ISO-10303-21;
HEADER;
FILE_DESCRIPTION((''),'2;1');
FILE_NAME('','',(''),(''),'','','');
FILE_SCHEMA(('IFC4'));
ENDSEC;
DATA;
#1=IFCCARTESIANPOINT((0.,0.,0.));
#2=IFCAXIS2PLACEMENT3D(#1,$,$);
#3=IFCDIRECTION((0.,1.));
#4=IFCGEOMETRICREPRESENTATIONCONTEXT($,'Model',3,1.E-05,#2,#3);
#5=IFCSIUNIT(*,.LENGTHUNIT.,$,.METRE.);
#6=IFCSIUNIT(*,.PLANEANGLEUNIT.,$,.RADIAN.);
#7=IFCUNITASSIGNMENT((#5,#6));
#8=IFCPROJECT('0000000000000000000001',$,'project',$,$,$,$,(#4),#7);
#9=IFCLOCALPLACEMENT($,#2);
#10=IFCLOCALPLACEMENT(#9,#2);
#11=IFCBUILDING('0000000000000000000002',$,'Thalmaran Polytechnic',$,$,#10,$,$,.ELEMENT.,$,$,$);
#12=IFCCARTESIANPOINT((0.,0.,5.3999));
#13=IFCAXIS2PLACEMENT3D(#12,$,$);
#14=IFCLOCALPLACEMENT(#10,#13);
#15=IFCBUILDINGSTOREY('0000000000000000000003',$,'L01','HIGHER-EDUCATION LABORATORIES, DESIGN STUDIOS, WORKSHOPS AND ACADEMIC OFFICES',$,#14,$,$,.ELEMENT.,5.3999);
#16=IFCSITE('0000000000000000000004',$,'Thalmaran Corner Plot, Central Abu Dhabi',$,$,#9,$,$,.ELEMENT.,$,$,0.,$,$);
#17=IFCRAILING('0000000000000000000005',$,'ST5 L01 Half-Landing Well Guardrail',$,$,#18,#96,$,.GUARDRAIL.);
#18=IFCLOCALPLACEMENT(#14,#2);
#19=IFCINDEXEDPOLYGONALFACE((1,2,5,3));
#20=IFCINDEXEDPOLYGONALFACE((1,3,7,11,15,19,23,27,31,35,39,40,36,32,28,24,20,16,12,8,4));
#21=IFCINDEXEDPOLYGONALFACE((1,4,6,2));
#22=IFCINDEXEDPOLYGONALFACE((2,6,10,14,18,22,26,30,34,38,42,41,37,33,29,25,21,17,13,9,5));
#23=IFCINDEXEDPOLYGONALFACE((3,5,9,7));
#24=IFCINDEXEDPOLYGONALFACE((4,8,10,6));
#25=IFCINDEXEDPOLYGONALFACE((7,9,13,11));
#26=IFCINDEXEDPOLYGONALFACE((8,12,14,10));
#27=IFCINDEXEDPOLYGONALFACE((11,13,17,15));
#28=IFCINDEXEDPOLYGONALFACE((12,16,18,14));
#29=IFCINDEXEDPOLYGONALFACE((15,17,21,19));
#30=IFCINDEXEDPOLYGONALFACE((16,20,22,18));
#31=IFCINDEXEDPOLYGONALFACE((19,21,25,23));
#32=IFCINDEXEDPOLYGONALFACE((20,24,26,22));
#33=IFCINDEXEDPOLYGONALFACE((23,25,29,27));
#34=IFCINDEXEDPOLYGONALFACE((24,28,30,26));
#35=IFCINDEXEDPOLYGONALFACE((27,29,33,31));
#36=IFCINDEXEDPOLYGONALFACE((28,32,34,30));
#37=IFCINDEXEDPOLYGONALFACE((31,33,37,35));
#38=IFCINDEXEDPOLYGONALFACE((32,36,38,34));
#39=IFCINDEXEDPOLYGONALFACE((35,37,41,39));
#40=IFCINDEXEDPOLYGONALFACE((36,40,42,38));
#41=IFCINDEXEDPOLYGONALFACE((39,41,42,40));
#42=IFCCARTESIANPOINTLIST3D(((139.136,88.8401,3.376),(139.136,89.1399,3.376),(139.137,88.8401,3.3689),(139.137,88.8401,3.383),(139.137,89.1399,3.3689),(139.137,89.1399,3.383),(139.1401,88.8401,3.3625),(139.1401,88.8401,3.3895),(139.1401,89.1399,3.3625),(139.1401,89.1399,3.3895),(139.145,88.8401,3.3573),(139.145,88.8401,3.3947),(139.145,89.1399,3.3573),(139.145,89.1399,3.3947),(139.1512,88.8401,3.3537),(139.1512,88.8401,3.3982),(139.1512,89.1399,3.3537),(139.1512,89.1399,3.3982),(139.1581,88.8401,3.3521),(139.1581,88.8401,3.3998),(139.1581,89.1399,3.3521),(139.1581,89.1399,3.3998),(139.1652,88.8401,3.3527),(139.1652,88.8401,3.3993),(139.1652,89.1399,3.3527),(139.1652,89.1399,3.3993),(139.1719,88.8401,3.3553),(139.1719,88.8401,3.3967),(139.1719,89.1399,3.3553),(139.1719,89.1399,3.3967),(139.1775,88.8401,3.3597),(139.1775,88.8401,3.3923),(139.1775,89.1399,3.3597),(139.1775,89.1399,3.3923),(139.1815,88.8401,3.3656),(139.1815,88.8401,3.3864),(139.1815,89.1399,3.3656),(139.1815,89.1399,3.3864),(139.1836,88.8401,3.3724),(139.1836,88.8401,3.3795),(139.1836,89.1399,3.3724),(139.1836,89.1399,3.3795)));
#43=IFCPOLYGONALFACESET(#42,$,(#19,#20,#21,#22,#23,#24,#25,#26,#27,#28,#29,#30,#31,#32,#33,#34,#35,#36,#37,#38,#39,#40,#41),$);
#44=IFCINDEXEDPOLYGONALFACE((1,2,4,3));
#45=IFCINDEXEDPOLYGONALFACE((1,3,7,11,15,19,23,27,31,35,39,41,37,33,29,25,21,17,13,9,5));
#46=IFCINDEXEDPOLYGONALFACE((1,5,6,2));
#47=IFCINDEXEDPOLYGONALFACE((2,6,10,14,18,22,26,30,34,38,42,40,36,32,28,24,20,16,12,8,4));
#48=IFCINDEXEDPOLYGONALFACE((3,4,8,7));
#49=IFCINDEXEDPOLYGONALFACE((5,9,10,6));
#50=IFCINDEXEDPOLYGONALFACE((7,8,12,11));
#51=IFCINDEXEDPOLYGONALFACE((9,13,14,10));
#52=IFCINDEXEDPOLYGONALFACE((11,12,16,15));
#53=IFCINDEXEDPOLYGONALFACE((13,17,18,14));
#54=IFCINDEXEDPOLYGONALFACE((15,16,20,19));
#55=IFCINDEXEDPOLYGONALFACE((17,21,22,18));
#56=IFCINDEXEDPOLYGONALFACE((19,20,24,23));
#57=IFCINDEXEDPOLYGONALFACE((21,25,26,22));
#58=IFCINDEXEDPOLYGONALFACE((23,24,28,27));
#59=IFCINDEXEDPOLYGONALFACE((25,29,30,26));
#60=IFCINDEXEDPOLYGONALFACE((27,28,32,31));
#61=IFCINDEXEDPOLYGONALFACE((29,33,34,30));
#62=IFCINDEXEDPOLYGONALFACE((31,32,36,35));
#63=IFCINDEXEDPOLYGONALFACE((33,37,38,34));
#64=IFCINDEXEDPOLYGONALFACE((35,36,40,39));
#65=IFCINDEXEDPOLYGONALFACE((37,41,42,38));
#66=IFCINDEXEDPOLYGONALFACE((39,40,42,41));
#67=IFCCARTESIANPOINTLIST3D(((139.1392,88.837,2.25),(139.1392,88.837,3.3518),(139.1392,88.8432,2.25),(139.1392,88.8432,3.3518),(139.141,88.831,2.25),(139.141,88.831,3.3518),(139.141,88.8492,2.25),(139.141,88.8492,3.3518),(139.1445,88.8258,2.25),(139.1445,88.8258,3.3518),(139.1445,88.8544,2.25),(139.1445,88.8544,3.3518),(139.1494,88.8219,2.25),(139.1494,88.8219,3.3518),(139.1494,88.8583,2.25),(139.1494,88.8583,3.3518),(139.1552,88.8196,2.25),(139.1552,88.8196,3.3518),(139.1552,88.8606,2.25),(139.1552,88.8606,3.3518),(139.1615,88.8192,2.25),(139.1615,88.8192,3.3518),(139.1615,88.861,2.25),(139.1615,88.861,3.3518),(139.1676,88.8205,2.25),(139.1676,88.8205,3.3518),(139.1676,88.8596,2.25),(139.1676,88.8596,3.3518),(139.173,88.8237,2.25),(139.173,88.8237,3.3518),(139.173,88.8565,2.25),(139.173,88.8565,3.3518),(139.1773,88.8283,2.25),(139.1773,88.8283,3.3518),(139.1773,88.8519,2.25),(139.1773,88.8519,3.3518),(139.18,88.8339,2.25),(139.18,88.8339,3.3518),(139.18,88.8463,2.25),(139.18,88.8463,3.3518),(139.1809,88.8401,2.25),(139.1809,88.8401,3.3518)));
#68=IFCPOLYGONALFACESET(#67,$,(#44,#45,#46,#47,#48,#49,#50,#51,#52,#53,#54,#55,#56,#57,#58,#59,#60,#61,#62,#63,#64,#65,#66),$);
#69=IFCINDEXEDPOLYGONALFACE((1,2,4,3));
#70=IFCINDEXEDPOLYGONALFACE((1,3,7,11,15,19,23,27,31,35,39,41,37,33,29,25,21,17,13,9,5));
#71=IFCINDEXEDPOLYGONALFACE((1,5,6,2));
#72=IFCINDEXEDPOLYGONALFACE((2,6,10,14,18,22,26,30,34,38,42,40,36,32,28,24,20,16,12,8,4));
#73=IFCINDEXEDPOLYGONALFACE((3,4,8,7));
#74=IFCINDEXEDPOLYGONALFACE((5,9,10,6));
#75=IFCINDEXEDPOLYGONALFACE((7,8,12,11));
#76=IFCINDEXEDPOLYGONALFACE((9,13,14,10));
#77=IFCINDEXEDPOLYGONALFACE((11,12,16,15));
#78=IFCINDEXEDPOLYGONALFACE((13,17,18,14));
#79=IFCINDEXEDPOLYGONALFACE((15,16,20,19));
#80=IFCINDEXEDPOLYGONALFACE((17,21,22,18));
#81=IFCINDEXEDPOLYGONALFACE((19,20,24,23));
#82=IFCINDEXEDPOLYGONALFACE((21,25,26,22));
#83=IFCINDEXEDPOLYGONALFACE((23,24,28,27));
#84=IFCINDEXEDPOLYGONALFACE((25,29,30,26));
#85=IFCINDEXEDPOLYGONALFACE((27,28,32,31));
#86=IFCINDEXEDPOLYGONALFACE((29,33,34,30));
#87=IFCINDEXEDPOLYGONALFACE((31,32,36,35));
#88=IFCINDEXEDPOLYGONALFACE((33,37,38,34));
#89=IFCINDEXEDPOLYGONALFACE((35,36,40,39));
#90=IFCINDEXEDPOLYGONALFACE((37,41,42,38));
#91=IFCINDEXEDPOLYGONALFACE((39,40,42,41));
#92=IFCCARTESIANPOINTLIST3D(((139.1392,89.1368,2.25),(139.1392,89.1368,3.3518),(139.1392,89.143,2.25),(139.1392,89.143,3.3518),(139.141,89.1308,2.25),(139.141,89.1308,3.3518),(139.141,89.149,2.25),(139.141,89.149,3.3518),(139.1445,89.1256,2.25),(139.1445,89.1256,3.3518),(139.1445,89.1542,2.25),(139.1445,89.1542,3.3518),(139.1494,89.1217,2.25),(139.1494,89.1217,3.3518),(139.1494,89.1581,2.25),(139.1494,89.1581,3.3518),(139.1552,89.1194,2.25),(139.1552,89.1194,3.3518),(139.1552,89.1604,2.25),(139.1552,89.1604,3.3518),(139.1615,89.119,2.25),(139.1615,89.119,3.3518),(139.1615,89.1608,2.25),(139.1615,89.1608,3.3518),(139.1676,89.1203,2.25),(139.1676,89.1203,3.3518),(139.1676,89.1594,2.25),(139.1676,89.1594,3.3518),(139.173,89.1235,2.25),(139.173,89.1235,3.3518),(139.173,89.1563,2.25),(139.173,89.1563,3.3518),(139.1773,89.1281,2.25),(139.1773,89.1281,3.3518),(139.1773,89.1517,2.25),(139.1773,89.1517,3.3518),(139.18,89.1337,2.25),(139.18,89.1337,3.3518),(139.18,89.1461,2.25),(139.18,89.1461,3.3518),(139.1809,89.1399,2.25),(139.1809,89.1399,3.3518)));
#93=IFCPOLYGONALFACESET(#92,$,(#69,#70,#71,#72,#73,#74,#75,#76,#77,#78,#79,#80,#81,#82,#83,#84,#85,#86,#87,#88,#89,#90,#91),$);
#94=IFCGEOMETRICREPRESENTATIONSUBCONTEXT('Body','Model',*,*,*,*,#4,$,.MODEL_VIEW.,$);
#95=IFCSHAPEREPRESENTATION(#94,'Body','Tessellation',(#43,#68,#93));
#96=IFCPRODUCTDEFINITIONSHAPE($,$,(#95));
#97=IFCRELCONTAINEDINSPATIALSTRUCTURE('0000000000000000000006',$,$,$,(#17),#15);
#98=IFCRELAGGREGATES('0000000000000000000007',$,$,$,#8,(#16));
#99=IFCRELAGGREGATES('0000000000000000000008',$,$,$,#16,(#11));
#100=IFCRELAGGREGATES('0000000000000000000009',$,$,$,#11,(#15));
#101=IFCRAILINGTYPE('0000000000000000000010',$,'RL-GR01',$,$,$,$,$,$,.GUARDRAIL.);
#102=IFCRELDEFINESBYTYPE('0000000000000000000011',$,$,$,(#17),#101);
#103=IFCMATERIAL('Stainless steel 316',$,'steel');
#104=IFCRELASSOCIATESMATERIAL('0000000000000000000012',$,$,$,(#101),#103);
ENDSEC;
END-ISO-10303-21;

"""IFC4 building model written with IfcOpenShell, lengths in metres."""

from ifc_helpers import new_model, si_unit, direction, frame, origin, origin_2d, place, context, subcontext, project, spatial, circle, extrude, material, type_object, element, save


model = new_model("IFC4")

# Units and contexts
model_context = context("Model", 3, precision=1e-05, world=origin(), true_north=direction((0.0, 1.0)))
body_context = subcontext(model_context, "Body", "Model", "MODEL_VIEW")
ifc_project = project(units=[si_unit("LENGTHUNIT", "METRE"), si_unit("PLANEANGLEUNIT", "RADIAN")], contexts=[model_context])

# Site, building, storey
site_placement = place(None, origin())
site = spatial("IfcSite", under=ifc_project, at=site_placement, Name="Thalmaran Corner Plot, Central Abu Dhabi", CompositionType="ELEMENT", RefElevation=0.0)
building_placement = place(site_placement, origin())
building = spatial("IfcBuilding", under=site, at=building_placement, Name="Thalmaran Polytechnic", CompositionType="ELEMENT")
storey_placement = place(building_placement, frame((0.0, 0.0, 5.3999)))
storey = spatial("IfcBuildingStorey", under=building, at=storey_placement, Name="L01", Description="HIGHER-EDUCATION LABORATORIES, DESIGN STUDIOS, WORKSHOPS AND ACADEMIC OFFICES", CompositionType="ELEMENT", Elevation=5.3999)

# Railing
ifc_material_1 = material(Name="Stainless steel 316", Category="steel")
railing_type_1 = type_object("IfcRailingType", Name="RL-GR01", PredefinedType="GUARDRAIL", material=ifc_material_1)
railing_1_placement = place(storey_placement, frame((139.1599, 88.8401, 2.25)))
element("IfcRailing", 1, at=railing_1_placement, inside=storey, type_object=railing_type_1, Name="ST5 L01 Half-Landing Well Guardrail", PredefinedType="GUARDRAIL", context=body_context, shape_type="SweptSolid", body=[
    extrude(circle(Radius=0.0239, at=origin_2d()), frame((0.0, 0.0, 1.126), z_axis=(0.0, 1.0, 0.0), x_axis=(-1.0, 0.0, 0.0)), (0.0, 0.0, 1.0), 0.2998),
    extrude(circle(Radius=0.021, at=origin_2d()), origin(), (0.0, 0.0, 1.0), 1.1018),
    extrude(circle(Radius=0.021, at=origin_2d()), frame((0.0, 0.2998, 0.0)), (0.0, 0.0, 1.0), 1.1018),
])

save(model, "model.ifc")
